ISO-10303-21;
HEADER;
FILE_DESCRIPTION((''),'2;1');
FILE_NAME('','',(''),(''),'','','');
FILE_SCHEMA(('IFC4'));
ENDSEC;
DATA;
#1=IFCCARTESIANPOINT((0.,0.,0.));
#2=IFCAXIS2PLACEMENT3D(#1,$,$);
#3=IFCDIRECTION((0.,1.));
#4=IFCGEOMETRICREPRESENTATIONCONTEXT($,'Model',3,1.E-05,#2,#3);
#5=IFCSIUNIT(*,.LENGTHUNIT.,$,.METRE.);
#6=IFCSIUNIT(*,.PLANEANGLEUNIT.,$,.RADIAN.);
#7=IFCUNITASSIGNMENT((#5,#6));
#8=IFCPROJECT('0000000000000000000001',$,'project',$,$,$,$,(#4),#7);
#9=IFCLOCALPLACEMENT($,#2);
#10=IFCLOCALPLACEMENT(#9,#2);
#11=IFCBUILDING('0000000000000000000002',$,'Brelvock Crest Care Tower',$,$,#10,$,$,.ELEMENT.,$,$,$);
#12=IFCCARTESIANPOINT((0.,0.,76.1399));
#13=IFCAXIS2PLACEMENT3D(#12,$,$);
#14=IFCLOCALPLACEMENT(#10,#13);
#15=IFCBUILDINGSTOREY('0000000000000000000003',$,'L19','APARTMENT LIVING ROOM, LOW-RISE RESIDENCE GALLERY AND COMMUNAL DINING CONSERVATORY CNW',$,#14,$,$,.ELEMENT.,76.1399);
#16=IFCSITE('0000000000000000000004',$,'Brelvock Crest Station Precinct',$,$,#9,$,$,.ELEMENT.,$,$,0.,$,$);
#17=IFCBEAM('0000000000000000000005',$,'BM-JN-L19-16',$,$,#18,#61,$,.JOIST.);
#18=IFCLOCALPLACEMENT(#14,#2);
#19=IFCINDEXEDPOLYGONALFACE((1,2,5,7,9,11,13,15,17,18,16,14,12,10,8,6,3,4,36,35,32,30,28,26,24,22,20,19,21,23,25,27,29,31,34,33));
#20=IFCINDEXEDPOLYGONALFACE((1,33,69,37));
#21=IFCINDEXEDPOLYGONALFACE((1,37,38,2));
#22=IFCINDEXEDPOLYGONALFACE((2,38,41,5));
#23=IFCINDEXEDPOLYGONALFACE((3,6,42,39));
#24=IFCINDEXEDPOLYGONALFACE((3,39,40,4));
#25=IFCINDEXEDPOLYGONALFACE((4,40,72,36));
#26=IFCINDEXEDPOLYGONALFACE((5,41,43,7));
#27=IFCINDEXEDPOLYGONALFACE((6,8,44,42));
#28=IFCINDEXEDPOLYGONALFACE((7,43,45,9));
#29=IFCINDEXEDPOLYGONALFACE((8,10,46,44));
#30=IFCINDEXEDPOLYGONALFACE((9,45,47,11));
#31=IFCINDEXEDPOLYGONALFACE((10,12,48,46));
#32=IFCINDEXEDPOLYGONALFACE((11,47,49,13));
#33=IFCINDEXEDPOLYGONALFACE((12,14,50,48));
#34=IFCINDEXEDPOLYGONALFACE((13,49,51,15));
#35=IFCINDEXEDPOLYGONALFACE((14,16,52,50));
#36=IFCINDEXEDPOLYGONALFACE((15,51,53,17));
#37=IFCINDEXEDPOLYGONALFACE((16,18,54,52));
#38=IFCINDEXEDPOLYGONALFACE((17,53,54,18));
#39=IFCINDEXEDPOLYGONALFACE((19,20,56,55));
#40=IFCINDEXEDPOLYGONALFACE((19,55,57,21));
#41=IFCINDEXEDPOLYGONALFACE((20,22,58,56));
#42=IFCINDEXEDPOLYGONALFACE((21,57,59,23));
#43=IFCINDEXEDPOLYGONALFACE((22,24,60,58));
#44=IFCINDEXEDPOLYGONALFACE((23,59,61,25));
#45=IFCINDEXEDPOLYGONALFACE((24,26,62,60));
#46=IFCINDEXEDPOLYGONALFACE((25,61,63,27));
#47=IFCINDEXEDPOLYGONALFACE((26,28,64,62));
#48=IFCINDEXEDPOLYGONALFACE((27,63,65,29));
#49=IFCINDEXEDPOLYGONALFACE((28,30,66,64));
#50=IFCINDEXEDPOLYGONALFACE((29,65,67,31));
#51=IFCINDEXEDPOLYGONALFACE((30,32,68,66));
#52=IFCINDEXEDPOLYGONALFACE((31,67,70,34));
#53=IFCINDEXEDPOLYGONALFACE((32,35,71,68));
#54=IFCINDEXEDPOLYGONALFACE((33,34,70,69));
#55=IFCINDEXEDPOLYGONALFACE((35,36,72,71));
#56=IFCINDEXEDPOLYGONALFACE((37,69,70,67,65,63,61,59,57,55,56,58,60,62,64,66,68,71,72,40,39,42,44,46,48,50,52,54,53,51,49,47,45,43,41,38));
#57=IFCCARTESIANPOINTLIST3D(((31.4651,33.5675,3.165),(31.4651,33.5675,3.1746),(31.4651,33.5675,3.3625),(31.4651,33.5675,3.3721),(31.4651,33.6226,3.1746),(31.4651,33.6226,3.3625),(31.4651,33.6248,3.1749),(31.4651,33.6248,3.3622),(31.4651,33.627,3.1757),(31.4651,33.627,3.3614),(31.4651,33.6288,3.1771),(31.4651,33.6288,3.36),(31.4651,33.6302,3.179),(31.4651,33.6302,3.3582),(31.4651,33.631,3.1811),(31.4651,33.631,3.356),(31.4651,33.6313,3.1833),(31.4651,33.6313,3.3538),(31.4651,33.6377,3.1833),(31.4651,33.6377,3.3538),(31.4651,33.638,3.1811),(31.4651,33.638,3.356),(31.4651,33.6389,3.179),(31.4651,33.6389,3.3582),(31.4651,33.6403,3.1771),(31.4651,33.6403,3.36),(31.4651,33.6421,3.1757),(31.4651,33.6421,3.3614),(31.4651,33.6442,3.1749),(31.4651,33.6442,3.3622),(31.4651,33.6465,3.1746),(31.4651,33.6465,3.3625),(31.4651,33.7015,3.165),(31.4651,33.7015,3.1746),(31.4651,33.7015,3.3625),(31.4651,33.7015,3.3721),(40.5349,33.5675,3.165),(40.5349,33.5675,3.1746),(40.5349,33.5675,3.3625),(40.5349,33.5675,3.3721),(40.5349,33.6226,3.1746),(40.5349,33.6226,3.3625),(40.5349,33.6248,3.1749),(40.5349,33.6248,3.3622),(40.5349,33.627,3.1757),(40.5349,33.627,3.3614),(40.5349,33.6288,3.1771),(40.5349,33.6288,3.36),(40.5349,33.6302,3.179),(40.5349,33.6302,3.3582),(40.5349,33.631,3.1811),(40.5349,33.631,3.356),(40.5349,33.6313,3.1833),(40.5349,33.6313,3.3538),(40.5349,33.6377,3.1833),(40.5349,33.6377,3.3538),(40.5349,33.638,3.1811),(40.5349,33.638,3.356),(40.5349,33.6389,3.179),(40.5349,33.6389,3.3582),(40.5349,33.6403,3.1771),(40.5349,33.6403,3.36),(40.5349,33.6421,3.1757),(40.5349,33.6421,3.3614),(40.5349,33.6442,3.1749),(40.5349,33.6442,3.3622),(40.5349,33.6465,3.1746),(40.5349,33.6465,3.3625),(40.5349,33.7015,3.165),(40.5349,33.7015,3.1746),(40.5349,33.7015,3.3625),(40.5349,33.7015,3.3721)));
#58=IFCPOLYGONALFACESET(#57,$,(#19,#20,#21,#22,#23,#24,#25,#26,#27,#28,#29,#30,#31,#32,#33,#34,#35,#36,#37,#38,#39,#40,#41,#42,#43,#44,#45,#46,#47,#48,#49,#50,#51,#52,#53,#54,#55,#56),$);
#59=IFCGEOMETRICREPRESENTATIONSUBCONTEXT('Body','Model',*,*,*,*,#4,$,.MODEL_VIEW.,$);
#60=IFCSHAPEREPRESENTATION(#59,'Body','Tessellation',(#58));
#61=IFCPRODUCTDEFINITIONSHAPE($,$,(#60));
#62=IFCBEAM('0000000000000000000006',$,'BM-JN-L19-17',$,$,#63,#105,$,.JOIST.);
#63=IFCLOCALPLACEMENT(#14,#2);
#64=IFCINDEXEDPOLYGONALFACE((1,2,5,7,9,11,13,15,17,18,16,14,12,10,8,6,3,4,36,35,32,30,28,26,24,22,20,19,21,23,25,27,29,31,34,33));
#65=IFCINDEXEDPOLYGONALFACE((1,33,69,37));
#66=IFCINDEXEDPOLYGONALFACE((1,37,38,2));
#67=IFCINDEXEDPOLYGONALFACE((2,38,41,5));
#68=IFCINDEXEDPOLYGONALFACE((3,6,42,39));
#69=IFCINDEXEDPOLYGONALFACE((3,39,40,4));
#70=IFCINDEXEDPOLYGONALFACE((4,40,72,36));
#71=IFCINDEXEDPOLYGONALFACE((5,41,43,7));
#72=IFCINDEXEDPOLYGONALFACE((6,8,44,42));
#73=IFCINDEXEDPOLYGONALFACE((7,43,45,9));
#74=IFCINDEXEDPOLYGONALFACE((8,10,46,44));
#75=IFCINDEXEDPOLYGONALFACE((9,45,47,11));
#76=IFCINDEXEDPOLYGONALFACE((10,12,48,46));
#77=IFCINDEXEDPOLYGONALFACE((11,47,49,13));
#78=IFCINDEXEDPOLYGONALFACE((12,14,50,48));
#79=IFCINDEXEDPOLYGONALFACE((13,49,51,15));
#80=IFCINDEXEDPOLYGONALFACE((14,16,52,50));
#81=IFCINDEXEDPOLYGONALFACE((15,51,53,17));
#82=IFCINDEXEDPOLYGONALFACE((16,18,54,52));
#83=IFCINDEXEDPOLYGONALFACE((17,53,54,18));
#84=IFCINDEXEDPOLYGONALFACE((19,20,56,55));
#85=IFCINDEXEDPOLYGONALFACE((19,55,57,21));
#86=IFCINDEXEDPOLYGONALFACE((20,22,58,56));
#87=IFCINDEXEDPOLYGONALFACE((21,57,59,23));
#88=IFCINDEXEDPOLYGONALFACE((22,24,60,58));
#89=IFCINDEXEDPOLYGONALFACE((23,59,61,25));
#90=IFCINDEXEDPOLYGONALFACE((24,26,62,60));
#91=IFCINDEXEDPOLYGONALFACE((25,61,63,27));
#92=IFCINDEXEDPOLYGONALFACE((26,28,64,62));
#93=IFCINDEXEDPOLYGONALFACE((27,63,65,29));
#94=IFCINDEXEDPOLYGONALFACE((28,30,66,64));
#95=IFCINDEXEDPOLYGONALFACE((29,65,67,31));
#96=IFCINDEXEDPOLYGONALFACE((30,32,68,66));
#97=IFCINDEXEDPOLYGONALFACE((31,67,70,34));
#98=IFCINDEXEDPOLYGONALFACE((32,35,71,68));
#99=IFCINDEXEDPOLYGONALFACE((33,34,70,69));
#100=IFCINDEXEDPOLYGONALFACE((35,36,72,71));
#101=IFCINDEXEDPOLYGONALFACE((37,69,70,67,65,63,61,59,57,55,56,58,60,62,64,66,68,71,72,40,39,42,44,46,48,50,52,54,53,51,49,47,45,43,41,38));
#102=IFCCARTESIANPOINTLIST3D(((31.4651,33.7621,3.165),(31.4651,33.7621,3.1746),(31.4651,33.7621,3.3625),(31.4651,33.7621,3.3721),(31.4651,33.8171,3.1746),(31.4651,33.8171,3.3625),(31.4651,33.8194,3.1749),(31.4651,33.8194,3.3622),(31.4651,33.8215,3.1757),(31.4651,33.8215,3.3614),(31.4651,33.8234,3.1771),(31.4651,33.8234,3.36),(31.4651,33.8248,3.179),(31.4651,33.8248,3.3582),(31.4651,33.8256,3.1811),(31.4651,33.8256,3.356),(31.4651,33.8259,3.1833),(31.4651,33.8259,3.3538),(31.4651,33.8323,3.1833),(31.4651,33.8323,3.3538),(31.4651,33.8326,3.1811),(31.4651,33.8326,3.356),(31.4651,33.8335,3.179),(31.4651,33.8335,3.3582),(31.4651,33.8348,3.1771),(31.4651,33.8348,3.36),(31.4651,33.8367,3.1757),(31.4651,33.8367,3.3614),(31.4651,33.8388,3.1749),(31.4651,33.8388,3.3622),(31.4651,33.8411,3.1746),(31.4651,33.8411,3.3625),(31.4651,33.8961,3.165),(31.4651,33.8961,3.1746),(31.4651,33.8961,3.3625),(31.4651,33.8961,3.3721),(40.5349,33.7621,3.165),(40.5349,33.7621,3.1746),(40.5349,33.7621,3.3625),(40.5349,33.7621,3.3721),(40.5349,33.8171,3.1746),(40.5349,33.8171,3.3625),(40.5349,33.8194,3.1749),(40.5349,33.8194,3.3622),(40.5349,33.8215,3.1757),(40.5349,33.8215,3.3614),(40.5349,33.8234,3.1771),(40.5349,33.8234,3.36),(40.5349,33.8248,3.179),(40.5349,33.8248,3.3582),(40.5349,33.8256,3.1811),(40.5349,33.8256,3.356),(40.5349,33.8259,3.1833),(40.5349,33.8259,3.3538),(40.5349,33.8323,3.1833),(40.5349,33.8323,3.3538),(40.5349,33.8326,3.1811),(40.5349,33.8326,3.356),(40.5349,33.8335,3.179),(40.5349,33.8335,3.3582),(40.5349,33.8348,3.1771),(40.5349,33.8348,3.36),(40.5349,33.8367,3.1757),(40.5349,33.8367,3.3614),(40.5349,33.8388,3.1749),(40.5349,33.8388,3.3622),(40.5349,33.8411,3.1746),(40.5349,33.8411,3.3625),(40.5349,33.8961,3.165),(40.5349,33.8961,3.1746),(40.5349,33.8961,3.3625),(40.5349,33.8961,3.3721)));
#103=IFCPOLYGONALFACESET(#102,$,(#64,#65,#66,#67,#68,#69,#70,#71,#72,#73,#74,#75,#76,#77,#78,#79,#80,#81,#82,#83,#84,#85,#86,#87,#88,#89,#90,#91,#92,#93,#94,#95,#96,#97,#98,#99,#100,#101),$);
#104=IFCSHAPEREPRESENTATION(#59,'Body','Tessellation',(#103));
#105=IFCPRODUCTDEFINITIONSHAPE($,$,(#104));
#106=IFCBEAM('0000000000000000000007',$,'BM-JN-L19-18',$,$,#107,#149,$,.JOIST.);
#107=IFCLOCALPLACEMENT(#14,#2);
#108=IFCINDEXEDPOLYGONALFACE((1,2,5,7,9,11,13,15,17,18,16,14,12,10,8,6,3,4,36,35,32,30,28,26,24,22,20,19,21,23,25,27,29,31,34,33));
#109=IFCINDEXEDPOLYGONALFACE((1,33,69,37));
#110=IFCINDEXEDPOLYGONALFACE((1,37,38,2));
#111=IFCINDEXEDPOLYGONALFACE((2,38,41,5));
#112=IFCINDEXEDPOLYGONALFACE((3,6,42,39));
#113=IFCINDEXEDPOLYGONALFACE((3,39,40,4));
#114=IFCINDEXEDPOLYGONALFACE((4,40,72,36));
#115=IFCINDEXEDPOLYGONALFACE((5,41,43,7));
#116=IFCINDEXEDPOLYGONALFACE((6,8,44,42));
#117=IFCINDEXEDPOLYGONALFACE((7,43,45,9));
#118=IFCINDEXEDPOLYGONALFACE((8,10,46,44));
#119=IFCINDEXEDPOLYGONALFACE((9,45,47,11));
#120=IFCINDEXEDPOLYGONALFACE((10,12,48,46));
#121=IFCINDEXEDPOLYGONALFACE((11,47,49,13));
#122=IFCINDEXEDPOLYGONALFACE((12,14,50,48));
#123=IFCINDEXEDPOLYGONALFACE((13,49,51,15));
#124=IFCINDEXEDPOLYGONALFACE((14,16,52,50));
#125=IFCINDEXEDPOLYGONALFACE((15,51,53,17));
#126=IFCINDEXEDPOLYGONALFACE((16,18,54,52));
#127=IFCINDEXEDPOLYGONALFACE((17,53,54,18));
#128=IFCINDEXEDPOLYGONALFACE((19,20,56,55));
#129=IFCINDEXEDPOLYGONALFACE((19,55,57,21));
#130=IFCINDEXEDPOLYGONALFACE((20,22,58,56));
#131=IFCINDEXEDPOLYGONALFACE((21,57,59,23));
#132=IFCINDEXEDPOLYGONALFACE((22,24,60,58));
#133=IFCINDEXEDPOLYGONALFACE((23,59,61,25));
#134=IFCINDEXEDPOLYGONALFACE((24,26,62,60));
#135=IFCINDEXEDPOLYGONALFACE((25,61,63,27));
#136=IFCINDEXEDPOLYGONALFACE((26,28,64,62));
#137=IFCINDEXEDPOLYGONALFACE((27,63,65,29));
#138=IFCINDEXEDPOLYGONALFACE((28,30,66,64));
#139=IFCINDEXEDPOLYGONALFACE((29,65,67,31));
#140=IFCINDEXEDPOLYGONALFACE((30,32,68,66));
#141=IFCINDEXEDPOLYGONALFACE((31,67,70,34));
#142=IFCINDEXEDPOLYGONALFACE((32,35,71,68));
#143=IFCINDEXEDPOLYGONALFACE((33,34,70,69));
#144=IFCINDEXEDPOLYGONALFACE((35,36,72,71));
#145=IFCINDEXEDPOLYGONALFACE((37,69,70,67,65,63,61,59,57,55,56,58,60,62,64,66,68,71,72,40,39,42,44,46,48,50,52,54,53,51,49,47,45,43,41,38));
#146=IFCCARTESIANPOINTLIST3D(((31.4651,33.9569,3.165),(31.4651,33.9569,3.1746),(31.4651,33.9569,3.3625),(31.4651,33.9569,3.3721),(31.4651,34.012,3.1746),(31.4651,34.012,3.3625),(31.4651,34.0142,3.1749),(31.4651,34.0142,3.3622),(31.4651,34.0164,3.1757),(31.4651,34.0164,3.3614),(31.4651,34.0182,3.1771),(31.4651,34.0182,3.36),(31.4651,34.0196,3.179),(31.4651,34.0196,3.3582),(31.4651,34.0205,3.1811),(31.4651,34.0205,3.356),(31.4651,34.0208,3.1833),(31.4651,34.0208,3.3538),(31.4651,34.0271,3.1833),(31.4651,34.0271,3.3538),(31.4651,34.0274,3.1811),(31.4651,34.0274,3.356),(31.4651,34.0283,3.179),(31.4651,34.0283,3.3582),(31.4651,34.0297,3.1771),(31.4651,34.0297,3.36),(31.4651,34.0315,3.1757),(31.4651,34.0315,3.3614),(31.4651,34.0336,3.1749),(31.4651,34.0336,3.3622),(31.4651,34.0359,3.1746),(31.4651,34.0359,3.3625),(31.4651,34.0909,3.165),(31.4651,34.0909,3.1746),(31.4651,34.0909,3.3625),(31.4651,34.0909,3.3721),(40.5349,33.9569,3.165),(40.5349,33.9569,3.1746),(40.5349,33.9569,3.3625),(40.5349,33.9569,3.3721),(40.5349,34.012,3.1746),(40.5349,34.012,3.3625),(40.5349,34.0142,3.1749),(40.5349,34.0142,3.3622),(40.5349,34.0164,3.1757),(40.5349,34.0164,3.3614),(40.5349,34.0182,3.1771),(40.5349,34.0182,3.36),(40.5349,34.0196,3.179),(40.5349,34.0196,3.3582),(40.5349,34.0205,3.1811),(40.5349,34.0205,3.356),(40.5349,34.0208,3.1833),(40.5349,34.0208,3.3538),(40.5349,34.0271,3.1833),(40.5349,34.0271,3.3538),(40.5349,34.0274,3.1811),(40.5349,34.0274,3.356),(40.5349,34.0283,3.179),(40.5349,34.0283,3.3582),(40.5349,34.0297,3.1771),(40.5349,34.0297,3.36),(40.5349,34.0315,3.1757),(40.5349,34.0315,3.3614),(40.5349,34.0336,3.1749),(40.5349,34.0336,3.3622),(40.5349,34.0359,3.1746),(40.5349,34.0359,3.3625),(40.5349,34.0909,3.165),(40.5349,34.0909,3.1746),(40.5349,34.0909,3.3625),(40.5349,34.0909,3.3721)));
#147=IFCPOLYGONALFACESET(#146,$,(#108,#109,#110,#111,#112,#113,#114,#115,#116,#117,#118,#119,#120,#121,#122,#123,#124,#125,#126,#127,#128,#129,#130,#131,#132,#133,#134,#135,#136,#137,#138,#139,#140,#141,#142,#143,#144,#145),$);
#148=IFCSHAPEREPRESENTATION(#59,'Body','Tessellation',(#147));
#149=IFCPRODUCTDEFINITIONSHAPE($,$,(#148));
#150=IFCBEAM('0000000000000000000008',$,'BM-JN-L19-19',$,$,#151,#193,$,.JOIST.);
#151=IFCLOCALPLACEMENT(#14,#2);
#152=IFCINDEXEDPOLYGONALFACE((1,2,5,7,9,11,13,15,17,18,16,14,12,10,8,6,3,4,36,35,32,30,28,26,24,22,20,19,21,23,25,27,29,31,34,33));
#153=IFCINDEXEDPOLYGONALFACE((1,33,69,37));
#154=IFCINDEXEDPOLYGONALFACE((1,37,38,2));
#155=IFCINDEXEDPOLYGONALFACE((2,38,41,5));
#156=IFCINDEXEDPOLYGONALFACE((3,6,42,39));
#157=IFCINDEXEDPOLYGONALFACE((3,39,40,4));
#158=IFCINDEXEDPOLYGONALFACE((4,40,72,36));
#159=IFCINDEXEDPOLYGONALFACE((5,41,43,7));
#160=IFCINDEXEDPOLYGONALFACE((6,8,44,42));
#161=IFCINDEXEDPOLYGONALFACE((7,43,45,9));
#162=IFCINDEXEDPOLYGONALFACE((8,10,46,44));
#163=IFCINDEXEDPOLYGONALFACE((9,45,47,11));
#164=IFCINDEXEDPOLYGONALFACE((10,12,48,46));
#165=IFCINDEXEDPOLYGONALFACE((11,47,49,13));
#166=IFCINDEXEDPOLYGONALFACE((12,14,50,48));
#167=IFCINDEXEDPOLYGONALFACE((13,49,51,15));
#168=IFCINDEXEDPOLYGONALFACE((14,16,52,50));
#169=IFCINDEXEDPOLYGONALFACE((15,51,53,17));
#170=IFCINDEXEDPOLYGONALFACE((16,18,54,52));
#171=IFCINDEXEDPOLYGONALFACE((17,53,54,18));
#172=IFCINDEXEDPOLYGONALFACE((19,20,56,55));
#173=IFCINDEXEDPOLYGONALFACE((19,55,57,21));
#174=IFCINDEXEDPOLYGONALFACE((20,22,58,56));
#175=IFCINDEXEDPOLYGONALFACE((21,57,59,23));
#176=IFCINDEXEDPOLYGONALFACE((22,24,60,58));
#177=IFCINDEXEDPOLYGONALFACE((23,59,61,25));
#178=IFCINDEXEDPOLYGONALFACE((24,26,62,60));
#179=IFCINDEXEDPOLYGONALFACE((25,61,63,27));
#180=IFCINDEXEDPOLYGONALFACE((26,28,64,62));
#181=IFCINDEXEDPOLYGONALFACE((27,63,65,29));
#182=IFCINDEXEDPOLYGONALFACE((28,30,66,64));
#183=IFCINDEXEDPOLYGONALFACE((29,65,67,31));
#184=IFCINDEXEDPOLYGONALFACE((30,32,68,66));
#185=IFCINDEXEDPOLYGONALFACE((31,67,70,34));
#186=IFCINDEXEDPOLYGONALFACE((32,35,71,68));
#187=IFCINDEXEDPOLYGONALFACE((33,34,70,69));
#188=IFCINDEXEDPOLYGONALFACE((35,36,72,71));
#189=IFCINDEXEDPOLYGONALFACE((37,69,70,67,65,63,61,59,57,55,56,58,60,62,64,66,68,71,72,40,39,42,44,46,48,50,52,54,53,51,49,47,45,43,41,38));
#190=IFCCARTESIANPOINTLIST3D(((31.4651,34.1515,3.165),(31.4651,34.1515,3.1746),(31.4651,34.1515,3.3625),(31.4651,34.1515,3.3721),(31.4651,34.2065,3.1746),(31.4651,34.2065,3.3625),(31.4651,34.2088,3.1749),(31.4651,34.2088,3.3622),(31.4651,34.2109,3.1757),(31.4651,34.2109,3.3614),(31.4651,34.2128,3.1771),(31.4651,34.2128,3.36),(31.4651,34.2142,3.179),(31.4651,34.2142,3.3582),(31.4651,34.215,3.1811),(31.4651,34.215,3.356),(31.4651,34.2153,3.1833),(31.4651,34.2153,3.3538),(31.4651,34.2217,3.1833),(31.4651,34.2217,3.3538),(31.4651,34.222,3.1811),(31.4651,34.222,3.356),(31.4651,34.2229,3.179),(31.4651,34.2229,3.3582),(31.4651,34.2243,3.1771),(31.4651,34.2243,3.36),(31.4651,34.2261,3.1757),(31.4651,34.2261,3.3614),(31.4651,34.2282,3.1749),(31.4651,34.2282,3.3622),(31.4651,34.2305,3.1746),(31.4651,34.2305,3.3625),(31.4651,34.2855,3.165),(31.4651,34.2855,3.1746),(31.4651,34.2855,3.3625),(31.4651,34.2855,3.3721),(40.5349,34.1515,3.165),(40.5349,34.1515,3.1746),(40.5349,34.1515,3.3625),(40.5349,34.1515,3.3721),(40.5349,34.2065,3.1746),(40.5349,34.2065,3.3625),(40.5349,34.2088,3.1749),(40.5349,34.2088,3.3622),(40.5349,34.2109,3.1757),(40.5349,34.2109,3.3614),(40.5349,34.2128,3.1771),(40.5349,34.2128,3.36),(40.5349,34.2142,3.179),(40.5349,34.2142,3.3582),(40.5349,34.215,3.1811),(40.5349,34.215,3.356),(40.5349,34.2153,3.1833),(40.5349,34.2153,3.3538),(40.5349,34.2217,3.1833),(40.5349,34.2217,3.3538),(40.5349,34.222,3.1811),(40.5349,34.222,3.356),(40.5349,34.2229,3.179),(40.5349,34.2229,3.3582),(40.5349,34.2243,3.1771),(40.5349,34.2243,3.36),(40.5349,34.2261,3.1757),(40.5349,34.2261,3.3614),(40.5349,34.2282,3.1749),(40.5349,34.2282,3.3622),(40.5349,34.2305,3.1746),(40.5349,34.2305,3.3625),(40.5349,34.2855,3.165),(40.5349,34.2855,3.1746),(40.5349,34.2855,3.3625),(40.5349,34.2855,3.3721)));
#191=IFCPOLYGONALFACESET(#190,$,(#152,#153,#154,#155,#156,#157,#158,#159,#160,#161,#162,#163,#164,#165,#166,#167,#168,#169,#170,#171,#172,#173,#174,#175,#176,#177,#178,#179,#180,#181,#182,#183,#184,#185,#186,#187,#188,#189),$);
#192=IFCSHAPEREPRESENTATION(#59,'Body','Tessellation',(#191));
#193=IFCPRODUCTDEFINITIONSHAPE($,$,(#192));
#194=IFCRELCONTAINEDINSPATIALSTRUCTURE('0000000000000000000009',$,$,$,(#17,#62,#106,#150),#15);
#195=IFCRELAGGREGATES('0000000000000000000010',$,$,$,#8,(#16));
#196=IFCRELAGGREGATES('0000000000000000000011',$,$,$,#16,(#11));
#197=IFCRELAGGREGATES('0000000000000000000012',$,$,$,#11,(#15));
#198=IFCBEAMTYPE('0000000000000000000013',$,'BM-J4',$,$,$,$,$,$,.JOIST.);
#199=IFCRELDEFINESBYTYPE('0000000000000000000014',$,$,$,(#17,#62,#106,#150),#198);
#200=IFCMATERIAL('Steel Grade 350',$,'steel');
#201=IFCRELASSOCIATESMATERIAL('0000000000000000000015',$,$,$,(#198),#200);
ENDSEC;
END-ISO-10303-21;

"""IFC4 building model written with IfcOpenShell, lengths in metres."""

from ifc_helpers import new_model, si_unit, direction, frame, origin, origin_2d, place, context, subcontext, project, spatial, i_section, extrude, source, transform, mapped, material, material_profile, profile_set, type_object, element, save


model = new_model("IFC4")

# Units and contexts
model_context = context("Model", 3, precision=1e-05, world=origin(), true_north=direction((0.0, 1.0)))
body_context = subcontext(model_context, "Body", "Model", "MODEL_VIEW")
ifc_project = project(units=[si_unit("LENGTHUNIT", "METRE"), si_unit("PLANEANGLEUNIT", "RADIAN")], contexts=[model_context])

# Site, building, storey
site_placement = place(None, origin())
site = spatial("IfcSite", under=ifc_project, at=site_placement, Name="Brelvock Crest Station Precinct", CompositionType="ELEMENT", RefElevation=0.0)
building_placement = place(site_placement, origin())
building = spatial("IfcBuilding", under=site, at=building_placement, Name="Brelvock Crest Care Tower", CompositionType="ELEMENT")
storey_placement = place(building_placement, frame((0.0, 0.0, 76.1399)))
storey = spatial("IfcBuildingStorey", under=building, at=storey_placement, Name="L19", Description="APARTMENT LIVING ROOM, LOW-RISE RESIDENCE GALLERY AND COMMUNAL DINING CONSERVATORY CNW", CompositionType="ELEMENT", Elevation=76.1399)

# Shared definitions
ifc_material_1 = material(Name="Steel Grade 350", Category="steel")

# Beams
ifc_material_profile_1 = material_profile(ifc_material_1, i_section(OverallWidth=0.134, OverallDepth=0.207, WebThickness=0.0063, FlangeThickness=0.0095, FilletRadius=0.0088, at=origin_2d()), Name="200UB29.8")
ifc_profile_set_1 = profile_set([ifc_material_profile_1], Name="Steel Grade 350")
beam_type_1 = type_object("IfcBeamType", Name="BM-J4", PredefinedType="JOIST", material=ifc_profile_set_1)
shared_shape_1 = source(origin(), body_context, "Body", "SweptSolid", [
    extrude(i_section(OverallWidth=0.134, OverallDepth=0.207, WebThickness=0.0063, FlangeThickness=0.0095, FilletRadius=0.0088, at=origin_2d()), origin(), (0.0, 0.0, 1.0), 9.0698),
])
for number, where, z_axis, x_axis, name in (
    (1, (31.4651, 33.6345, 3.2686), (1.0, 0.0, 0.0), (0.0, 1.0, 0.0), "BM-JN-L19-16"),
    (2, (31.4651, 33.8291, 3.2686), (1.0, 0.0, 0.0), (0.0, 1.0, 0.0), "BM-JN-L19-17"),
    (3, (31.4651, 34.0239, 3.2686), (1.0, 0.0, 0.0), (0.0, 1.0, 0.0), "BM-JN-L19-18"),
    (4, (31.4651, 34.2185, 3.2686), (1.0, 0.0, 0.0), (0.0, 1.0, 0.0), "BM-JN-L19-19"),
):
    element("IfcBeam", number, at=place(storey_placement, frame(where, z_axis=z_axis, x_axis=x_axis)), inside=storey, type_object=beam_type_1, Name=name, PredefinedType="JOIST", context=body_context, shape_type="MappedRepresentation", body=[
        mapped(shared_shape_1, transform((0.0, 0.0, 0.0), x_axis=(1.0, 0.0, 0.0), y_axis=(0.0, 1.0, 0.0), z_axis=(0.0, 0.0, 1.0), scale=1.0)),
    ])

save(model, "model.ifc")
